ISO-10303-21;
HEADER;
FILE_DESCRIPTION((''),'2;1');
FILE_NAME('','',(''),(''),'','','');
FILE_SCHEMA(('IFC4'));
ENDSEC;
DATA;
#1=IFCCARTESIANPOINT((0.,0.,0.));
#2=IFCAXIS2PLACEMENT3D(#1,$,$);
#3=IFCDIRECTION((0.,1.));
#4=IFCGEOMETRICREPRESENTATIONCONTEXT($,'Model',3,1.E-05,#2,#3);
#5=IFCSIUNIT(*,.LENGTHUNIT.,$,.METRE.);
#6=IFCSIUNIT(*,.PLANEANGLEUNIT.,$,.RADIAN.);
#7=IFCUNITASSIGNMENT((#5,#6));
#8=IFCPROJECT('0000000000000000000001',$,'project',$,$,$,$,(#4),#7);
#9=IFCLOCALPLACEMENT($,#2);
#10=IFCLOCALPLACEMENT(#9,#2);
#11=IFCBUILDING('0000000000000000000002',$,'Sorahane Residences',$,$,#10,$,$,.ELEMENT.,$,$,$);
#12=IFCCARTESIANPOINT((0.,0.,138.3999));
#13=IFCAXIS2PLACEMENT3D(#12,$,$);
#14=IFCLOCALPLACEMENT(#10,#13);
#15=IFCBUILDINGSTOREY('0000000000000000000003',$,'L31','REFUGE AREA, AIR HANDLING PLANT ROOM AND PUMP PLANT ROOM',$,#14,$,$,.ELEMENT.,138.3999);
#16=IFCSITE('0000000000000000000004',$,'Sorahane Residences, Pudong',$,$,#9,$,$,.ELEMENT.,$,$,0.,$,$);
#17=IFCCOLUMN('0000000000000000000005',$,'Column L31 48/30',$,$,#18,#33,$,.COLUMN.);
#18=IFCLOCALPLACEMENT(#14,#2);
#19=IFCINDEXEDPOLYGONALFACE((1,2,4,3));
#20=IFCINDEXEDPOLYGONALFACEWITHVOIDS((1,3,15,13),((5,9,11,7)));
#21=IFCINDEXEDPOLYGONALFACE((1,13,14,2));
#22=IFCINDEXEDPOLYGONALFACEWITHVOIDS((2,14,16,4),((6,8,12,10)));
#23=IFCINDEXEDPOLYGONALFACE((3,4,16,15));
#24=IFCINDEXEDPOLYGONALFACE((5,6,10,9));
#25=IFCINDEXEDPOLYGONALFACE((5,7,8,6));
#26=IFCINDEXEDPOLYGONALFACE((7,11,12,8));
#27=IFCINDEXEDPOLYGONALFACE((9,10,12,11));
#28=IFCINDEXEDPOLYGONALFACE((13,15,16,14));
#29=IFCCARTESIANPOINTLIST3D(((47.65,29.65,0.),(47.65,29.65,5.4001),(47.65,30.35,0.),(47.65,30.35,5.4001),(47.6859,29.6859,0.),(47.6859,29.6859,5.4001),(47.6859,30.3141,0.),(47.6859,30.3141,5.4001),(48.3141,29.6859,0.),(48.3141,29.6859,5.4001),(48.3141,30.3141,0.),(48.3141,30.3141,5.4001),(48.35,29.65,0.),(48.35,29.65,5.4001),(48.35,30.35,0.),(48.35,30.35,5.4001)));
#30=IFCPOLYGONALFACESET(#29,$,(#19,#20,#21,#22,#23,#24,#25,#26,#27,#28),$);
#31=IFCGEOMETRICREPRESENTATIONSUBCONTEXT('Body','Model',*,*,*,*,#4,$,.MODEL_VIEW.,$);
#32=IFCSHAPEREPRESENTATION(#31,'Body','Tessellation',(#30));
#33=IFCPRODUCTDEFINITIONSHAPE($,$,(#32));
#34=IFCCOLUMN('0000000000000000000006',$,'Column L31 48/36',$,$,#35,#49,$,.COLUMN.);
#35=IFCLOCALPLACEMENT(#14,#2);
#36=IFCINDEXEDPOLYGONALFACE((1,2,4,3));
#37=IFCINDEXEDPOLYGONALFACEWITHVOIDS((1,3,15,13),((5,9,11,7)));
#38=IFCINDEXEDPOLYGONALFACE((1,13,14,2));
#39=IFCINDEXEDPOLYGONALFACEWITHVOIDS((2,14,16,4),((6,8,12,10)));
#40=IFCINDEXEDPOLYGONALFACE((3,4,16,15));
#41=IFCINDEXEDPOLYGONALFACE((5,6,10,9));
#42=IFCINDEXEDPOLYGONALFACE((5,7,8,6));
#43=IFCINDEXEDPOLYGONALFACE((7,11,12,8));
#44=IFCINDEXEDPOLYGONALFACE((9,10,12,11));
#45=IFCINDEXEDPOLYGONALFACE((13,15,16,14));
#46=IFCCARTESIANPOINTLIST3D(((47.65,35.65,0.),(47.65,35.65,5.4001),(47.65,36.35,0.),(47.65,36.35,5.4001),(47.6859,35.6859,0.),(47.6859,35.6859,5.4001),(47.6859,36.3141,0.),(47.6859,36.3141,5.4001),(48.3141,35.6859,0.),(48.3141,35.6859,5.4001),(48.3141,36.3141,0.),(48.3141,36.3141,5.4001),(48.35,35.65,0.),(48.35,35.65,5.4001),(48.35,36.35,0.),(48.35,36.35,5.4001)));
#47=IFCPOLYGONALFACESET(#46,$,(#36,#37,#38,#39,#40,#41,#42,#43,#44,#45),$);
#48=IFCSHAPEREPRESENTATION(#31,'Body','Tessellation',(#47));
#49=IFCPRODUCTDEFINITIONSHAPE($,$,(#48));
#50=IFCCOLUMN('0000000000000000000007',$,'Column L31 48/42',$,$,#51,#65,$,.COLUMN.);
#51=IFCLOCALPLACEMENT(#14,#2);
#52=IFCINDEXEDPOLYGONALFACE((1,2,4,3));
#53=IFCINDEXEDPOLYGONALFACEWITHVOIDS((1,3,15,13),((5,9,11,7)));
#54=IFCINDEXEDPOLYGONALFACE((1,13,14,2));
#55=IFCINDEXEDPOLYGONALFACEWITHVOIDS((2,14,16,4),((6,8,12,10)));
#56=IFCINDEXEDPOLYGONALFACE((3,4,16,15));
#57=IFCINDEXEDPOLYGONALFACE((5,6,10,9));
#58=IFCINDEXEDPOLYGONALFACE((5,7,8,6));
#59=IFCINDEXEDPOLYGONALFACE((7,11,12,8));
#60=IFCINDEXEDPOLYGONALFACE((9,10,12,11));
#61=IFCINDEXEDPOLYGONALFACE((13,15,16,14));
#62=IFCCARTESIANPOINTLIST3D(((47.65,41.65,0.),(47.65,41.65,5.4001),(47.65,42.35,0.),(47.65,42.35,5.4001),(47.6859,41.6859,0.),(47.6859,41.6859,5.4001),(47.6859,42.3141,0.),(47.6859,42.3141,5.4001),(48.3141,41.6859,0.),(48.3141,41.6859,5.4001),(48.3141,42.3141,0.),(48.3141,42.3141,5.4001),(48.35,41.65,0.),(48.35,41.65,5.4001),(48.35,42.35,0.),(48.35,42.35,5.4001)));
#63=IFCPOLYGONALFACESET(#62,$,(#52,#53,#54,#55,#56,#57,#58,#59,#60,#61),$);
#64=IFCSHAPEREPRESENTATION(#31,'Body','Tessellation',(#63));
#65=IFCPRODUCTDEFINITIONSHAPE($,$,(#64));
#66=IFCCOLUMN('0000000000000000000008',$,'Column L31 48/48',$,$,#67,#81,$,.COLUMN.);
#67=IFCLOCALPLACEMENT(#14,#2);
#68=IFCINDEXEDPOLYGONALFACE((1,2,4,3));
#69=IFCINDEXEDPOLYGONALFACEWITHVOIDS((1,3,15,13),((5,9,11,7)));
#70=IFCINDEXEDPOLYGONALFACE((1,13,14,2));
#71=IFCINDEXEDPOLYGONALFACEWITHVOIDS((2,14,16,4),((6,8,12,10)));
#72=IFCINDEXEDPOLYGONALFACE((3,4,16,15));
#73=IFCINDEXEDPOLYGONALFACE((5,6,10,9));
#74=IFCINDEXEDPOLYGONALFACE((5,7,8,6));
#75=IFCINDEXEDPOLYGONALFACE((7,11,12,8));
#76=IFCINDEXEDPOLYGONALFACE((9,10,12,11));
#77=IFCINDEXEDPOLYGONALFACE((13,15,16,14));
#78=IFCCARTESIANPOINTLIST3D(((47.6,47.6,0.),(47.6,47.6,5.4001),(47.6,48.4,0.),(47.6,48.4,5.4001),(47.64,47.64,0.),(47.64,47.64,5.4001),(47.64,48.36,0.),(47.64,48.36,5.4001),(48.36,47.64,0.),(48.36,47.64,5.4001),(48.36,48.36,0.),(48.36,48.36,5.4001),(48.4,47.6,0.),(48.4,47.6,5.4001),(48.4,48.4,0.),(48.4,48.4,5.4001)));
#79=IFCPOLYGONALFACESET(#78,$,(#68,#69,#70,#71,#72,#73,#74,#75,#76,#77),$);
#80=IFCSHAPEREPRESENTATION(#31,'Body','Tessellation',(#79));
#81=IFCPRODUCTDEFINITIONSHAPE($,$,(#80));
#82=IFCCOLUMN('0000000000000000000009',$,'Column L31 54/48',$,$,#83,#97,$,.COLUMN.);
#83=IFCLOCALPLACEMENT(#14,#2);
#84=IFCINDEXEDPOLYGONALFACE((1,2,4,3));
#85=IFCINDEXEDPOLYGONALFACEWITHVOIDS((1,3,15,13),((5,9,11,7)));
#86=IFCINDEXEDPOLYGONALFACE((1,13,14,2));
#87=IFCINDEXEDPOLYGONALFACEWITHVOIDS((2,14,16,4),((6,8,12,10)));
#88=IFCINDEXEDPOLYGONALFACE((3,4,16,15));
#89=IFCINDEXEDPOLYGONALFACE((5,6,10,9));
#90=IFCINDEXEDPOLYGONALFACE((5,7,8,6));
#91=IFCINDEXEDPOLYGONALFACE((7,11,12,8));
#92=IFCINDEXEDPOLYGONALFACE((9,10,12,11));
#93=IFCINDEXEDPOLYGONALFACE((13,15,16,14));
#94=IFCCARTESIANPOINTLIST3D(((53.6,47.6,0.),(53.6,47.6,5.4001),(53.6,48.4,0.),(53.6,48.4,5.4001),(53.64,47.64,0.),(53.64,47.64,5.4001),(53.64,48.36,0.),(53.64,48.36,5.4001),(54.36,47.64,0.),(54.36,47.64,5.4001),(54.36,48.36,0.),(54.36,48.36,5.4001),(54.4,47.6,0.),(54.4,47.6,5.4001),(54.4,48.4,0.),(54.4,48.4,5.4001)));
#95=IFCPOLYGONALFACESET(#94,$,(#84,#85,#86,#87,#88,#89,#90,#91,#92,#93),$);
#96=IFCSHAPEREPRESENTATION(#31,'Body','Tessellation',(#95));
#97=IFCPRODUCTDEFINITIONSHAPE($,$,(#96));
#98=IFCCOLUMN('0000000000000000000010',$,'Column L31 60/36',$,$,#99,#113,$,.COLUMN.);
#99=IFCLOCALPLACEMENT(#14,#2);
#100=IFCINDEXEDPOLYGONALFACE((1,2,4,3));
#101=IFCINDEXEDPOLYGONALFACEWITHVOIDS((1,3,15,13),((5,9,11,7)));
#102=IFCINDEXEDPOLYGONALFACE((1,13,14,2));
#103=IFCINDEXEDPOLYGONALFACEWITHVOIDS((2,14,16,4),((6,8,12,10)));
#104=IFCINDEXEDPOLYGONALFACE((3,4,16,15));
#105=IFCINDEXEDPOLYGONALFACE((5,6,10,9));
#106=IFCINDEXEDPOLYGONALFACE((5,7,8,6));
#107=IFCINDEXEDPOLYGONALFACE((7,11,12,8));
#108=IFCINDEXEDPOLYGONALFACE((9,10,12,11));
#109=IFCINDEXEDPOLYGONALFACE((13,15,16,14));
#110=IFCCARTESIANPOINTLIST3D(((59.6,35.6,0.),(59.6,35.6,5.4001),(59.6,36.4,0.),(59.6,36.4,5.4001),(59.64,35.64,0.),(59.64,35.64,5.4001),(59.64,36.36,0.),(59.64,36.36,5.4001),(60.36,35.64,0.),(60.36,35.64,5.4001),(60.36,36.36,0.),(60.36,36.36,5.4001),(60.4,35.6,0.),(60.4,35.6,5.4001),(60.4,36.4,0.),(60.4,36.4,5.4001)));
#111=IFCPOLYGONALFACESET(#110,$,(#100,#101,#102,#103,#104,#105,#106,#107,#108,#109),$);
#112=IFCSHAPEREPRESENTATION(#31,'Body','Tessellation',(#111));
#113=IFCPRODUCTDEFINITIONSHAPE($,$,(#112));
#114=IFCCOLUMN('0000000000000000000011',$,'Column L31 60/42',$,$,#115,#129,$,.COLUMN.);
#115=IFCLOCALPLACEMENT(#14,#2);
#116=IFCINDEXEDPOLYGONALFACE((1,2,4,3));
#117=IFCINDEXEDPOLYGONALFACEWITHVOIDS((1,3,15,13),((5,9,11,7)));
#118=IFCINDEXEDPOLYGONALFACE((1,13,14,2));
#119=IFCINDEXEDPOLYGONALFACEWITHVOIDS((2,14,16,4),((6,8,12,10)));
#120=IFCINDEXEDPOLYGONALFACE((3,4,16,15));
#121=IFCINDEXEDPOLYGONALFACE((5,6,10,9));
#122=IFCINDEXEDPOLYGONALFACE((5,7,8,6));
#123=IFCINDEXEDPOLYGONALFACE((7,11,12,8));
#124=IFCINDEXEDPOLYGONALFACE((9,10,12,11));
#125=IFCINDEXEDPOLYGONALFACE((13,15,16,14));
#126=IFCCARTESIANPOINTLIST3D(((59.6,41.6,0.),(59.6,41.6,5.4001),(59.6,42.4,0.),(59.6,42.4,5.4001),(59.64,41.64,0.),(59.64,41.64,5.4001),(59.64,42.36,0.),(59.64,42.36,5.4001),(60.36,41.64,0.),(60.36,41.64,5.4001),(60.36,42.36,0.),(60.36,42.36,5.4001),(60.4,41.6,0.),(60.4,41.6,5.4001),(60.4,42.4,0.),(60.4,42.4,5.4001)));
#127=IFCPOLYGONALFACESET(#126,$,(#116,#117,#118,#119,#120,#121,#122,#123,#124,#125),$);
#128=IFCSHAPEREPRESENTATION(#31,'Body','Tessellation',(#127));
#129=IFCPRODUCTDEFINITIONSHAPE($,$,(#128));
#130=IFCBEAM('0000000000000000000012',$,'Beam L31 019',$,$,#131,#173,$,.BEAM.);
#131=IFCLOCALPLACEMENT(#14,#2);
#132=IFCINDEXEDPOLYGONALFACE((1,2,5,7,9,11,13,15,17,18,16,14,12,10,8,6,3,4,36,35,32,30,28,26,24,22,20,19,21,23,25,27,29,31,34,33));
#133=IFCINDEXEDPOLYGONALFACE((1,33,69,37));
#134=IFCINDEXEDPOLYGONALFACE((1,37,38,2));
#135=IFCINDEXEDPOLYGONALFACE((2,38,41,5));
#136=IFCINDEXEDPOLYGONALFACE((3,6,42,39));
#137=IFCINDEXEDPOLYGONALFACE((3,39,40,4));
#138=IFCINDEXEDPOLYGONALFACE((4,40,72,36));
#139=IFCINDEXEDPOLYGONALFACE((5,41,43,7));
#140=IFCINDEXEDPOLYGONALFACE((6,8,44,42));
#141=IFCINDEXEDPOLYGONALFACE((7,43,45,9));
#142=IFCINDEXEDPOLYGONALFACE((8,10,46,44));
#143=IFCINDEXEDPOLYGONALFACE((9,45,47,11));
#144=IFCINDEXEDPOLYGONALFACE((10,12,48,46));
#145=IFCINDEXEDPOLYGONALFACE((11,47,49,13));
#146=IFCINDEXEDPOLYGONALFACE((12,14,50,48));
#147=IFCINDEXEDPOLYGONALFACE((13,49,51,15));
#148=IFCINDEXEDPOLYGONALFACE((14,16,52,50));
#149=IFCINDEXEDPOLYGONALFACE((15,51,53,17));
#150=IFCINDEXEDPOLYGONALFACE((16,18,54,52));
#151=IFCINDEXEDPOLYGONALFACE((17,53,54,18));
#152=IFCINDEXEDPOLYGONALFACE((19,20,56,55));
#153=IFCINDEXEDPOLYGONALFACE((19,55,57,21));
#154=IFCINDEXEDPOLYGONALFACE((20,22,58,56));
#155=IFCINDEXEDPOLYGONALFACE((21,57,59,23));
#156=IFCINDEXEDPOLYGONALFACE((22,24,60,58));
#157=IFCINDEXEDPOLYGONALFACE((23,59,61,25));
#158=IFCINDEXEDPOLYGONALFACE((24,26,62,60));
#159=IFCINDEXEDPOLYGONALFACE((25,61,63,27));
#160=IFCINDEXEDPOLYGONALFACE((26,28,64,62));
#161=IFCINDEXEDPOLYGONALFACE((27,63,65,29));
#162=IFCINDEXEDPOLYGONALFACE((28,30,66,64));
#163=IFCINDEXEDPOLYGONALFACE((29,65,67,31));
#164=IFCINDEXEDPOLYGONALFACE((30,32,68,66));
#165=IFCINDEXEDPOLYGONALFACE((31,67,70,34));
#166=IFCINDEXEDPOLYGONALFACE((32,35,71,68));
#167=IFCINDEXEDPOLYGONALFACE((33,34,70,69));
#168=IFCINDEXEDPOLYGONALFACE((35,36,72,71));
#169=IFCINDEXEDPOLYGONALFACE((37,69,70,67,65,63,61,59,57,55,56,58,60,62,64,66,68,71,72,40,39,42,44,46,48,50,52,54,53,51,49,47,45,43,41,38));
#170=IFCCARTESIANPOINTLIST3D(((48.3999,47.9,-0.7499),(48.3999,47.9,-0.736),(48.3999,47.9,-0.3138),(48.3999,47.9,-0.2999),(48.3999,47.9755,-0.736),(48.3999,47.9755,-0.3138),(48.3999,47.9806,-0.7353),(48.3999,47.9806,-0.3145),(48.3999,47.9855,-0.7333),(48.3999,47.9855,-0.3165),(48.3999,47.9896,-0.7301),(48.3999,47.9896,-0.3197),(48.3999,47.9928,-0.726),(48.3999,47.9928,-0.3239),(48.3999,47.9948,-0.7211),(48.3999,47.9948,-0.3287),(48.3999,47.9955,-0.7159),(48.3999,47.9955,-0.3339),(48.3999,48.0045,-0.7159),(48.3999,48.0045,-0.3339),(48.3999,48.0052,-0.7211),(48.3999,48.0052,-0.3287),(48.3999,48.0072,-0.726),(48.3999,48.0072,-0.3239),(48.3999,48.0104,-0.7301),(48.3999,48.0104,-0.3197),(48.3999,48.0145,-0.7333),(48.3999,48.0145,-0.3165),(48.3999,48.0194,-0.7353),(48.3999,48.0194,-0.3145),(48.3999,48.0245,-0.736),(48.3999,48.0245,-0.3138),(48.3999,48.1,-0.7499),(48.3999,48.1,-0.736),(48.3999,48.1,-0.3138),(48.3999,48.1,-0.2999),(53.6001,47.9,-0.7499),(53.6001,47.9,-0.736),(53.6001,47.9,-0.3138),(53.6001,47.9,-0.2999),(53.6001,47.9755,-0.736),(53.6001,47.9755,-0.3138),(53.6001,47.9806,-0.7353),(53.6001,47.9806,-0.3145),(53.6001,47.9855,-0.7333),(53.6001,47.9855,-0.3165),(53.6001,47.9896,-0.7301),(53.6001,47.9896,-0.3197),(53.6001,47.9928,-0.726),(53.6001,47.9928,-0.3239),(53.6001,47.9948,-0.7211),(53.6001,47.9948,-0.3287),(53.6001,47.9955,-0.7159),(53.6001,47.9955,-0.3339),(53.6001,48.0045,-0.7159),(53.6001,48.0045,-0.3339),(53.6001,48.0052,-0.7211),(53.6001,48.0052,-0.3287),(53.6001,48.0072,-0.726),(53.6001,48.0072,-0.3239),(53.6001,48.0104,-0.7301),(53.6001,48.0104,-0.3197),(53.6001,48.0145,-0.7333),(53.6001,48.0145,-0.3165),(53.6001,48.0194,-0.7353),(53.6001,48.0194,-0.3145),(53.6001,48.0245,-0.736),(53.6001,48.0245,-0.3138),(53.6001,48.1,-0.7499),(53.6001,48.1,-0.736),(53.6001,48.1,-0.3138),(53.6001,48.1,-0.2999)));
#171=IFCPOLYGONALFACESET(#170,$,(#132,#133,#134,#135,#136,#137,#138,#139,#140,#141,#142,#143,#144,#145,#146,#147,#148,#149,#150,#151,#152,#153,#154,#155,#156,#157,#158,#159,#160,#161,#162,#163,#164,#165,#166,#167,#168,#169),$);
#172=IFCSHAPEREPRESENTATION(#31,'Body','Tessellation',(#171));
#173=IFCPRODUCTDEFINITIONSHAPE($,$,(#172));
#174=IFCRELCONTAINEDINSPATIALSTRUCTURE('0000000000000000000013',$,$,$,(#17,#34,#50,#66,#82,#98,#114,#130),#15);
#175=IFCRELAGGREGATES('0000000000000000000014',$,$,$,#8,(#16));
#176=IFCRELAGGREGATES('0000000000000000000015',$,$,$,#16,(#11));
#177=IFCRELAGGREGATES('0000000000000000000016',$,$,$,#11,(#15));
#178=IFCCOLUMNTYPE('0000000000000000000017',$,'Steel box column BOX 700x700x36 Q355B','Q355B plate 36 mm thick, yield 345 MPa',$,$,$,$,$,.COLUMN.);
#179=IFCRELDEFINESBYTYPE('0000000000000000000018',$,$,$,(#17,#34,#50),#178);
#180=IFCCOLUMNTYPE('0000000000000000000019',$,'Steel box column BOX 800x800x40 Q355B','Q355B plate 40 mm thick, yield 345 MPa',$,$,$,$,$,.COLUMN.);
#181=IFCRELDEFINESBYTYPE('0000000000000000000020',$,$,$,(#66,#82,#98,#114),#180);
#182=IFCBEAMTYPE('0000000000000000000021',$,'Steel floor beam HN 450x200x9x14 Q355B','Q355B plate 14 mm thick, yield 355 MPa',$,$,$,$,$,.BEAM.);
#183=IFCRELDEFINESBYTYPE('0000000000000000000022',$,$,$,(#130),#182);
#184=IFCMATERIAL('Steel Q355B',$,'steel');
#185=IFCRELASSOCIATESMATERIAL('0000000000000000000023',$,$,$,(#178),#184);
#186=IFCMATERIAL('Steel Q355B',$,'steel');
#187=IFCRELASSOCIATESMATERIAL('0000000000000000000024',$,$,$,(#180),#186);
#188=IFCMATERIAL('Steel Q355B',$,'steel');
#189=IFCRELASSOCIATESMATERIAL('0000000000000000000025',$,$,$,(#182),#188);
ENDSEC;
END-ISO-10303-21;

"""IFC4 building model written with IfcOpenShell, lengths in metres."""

from ifc_helpers import new_model, si_unit, direction, frame, origin, origin_2d, place, context, subcontext, project, spatial, hollow_rectangle, i_section, extrude, material, material_profile, profile_set, type_object, element, save


model = new_model("IFC4")

# Units and contexts
model_context = context("Model", 3, precision=1e-05, world=origin(), true_north=direction((0.0, 1.0)))
body_context = subcontext(model_context, "Body", "Model", "MODEL_VIEW")
ifc_project = project(units=[si_unit("LENGTHUNIT", "METRE"), si_unit("PLANEANGLEUNIT", "RADIAN")], contexts=[model_context])

# Site, building, storey
site_placement = place(None, origin())
site = spatial("IfcSite", under=ifc_project, at=site_placement, Name="Sorahane Residences, Pudong", CompositionType="ELEMENT", RefElevation=0.0)
building_placement = place(site_placement, origin())
building = spatial("IfcBuilding", under=site, at=building_placement, Name="Sorahane Residences", CompositionType="ELEMENT")
storey_placement = place(building_placement, frame((0.0, 0.0, 138.3999)))
storey = spatial("IfcBuildingStorey", under=building, at=storey_placement, Name="L31", Description="REFUGE AREA, AIR HANDLING PLANT ROOM AND PUMP PLANT ROOM", CompositionType="ELEMENT", Elevation=138.3999)

# Columns
ifc_material_1 = material(Name="Steel Q355B", Category="steel")
ifc_material_profile_1 = material_profile(ifc_material_1, hollow_rectangle(XDim=0.7, YDim=0.7, WallThickness=0.0359, at=origin_2d()), Name="BOX 700x700x36")
ifc_profile_set_1 = profile_set([ifc_material_profile_1], Name="Steel Q355B")
column_type_1 = type_object("IfcColumnType", Name="Steel box column BOX 700x700x36 Q355B", Description="Q355B plate 36 mm thick, yield 345 MPa", PredefinedType="COLUMN", material=ifc_profile_set_1)
for number, where, z_axis, x_axis, name in (
    (1, (48.0, 30.0, 0.0), (0.0, 0.0, 1.0), (1.0, 0.0, 0.0), "Column L31 48/30"),
    (2, (48.0, 36.0, 0.0), (0.0, 0.0, 1.0), (1.0, 0.0, 0.0), "Column L31 48/36"),
    (3, (48.0, 42.0, 0.0), (0.0, 0.0, 1.0), (1.0, 0.0, 0.0), "Column L31 48/42"),
):
    element("IfcColumn", number, at=place(storey_placement, frame(where, z_axis=z_axis, x_axis=x_axis)), inside=storey, type_object=column_type_1, Name=name, PredefinedType="COLUMN", context=body_context, shape_type="SweptSolid", body=[
        extrude(hollow_rectangle(XDim=0.7, YDim=0.7, WallThickness=0.0359, at=origin_2d()), origin(), (0.0, 0.0, 1.0), 5.4001),
    ])
ifc_material_2 = material(Name="Steel Q355B", Category="steel")
ifc_material_profile_2 = material_profile(ifc_material_2, hollow_rectangle(XDim=0.8, YDim=0.8, WallThickness=0.04, at=origin_2d()), Name="BOX 800x800x40")
ifc_profile_set_2 = profile_set([ifc_material_profile_2], Name="Steel Q355B")
column_type_2 = type_object("IfcColumnType", Name="Steel box column BOX 800x800x40 Q355B", Description="Q355B plate 40 mm thick, yield 345 MPa", PredefinedType="COLUMN", material=ifc_profile_set_2)
for number, where, z_axis, x_axis, name in (
    (4, (48.0, 48.0, 0.0), (0.0, 0.0, 1.0), (1.0, 0.0, 0.0), "Column L31 48/48"),
    (5, (54.0, 48.0, 0.0), (0.0, 0.0, 1.0), (1.0, 0.0, 0.0), "Column L31 54/48"),
    (6, (60.0, 36.0, 0.0), (0.0, 0.0, 1.0), (1.0, 0.0, 0.0), "Column L31 60/36"),
    (7, (60.0, 42.0, 0.0), (0.0, 0.0, 1.0), (1.0, 0.0, 0.0), "Column L31 60/42"),
):
    element("IfcColumn", number, at=place(storey_placement, frame(where, z_axis=z_axis, x_axis=x_axis)), inside=storey, type_object=column_type_2, Name=name, PredefinedType="COLUMN", context=body_context, shape_type="SweptSolid", body=[
        extrude(hollow_rectangle(XDim=0.8, YDim=0.8, WallThickness=0.04, at=origin_2d()), origin(), (0.0, 0.0, 1.0), 5.4001),
    ])

# Beam
ifc_material_3 = material(Name="Steel Q355B", Category="steel")
ifc_material_profile_3 = material_profile(ifc_material_3, i_section(OverallWidth=0.2, OverallDepth=0.45, WebThickness=0.009, FlangeThickness=0.0139, FilletRadius=0.02, at=origin_2d()), Name="HN 450x200x9x14")
ifc_profile_set_3 = profile_set([ifc_material_profile_3], Name="Steel Q355B")
beam_type_1 = type_object("IfcBeamType", Name="Steel floor beam HN 450x200x9x14 Q355B", Description="Q355B plate 14 mm thick, yield 355 MPa", PredefinedType="BEAM", material=ifc_profile_set_3)
beam_1_placement = place(storey_placement, frame((48.3999, 48.0, -0.5249), z_axis=(1.0, 0.0, 0.0), x_axis=(0.0, 1.0, 0.0)))
element("IfcBeam", 8, at=beam_1_placement, inside=storey, type_object=beam_type_1, Name="Beam L31 019", PredefinedType="BEAM", context=body_context, shape_type="SweptSolid", body=[
    extrude(i_section(OverallWidth=0.2, OverallDepth=0.45, WebThickness=0.009, FlangeThickness=0.0139, FilletRadius=0.02, at=origin_2d()), origin(), (0.0, 0.0, 1.0), 5.2002),
])

save(model, "model.ifc")
